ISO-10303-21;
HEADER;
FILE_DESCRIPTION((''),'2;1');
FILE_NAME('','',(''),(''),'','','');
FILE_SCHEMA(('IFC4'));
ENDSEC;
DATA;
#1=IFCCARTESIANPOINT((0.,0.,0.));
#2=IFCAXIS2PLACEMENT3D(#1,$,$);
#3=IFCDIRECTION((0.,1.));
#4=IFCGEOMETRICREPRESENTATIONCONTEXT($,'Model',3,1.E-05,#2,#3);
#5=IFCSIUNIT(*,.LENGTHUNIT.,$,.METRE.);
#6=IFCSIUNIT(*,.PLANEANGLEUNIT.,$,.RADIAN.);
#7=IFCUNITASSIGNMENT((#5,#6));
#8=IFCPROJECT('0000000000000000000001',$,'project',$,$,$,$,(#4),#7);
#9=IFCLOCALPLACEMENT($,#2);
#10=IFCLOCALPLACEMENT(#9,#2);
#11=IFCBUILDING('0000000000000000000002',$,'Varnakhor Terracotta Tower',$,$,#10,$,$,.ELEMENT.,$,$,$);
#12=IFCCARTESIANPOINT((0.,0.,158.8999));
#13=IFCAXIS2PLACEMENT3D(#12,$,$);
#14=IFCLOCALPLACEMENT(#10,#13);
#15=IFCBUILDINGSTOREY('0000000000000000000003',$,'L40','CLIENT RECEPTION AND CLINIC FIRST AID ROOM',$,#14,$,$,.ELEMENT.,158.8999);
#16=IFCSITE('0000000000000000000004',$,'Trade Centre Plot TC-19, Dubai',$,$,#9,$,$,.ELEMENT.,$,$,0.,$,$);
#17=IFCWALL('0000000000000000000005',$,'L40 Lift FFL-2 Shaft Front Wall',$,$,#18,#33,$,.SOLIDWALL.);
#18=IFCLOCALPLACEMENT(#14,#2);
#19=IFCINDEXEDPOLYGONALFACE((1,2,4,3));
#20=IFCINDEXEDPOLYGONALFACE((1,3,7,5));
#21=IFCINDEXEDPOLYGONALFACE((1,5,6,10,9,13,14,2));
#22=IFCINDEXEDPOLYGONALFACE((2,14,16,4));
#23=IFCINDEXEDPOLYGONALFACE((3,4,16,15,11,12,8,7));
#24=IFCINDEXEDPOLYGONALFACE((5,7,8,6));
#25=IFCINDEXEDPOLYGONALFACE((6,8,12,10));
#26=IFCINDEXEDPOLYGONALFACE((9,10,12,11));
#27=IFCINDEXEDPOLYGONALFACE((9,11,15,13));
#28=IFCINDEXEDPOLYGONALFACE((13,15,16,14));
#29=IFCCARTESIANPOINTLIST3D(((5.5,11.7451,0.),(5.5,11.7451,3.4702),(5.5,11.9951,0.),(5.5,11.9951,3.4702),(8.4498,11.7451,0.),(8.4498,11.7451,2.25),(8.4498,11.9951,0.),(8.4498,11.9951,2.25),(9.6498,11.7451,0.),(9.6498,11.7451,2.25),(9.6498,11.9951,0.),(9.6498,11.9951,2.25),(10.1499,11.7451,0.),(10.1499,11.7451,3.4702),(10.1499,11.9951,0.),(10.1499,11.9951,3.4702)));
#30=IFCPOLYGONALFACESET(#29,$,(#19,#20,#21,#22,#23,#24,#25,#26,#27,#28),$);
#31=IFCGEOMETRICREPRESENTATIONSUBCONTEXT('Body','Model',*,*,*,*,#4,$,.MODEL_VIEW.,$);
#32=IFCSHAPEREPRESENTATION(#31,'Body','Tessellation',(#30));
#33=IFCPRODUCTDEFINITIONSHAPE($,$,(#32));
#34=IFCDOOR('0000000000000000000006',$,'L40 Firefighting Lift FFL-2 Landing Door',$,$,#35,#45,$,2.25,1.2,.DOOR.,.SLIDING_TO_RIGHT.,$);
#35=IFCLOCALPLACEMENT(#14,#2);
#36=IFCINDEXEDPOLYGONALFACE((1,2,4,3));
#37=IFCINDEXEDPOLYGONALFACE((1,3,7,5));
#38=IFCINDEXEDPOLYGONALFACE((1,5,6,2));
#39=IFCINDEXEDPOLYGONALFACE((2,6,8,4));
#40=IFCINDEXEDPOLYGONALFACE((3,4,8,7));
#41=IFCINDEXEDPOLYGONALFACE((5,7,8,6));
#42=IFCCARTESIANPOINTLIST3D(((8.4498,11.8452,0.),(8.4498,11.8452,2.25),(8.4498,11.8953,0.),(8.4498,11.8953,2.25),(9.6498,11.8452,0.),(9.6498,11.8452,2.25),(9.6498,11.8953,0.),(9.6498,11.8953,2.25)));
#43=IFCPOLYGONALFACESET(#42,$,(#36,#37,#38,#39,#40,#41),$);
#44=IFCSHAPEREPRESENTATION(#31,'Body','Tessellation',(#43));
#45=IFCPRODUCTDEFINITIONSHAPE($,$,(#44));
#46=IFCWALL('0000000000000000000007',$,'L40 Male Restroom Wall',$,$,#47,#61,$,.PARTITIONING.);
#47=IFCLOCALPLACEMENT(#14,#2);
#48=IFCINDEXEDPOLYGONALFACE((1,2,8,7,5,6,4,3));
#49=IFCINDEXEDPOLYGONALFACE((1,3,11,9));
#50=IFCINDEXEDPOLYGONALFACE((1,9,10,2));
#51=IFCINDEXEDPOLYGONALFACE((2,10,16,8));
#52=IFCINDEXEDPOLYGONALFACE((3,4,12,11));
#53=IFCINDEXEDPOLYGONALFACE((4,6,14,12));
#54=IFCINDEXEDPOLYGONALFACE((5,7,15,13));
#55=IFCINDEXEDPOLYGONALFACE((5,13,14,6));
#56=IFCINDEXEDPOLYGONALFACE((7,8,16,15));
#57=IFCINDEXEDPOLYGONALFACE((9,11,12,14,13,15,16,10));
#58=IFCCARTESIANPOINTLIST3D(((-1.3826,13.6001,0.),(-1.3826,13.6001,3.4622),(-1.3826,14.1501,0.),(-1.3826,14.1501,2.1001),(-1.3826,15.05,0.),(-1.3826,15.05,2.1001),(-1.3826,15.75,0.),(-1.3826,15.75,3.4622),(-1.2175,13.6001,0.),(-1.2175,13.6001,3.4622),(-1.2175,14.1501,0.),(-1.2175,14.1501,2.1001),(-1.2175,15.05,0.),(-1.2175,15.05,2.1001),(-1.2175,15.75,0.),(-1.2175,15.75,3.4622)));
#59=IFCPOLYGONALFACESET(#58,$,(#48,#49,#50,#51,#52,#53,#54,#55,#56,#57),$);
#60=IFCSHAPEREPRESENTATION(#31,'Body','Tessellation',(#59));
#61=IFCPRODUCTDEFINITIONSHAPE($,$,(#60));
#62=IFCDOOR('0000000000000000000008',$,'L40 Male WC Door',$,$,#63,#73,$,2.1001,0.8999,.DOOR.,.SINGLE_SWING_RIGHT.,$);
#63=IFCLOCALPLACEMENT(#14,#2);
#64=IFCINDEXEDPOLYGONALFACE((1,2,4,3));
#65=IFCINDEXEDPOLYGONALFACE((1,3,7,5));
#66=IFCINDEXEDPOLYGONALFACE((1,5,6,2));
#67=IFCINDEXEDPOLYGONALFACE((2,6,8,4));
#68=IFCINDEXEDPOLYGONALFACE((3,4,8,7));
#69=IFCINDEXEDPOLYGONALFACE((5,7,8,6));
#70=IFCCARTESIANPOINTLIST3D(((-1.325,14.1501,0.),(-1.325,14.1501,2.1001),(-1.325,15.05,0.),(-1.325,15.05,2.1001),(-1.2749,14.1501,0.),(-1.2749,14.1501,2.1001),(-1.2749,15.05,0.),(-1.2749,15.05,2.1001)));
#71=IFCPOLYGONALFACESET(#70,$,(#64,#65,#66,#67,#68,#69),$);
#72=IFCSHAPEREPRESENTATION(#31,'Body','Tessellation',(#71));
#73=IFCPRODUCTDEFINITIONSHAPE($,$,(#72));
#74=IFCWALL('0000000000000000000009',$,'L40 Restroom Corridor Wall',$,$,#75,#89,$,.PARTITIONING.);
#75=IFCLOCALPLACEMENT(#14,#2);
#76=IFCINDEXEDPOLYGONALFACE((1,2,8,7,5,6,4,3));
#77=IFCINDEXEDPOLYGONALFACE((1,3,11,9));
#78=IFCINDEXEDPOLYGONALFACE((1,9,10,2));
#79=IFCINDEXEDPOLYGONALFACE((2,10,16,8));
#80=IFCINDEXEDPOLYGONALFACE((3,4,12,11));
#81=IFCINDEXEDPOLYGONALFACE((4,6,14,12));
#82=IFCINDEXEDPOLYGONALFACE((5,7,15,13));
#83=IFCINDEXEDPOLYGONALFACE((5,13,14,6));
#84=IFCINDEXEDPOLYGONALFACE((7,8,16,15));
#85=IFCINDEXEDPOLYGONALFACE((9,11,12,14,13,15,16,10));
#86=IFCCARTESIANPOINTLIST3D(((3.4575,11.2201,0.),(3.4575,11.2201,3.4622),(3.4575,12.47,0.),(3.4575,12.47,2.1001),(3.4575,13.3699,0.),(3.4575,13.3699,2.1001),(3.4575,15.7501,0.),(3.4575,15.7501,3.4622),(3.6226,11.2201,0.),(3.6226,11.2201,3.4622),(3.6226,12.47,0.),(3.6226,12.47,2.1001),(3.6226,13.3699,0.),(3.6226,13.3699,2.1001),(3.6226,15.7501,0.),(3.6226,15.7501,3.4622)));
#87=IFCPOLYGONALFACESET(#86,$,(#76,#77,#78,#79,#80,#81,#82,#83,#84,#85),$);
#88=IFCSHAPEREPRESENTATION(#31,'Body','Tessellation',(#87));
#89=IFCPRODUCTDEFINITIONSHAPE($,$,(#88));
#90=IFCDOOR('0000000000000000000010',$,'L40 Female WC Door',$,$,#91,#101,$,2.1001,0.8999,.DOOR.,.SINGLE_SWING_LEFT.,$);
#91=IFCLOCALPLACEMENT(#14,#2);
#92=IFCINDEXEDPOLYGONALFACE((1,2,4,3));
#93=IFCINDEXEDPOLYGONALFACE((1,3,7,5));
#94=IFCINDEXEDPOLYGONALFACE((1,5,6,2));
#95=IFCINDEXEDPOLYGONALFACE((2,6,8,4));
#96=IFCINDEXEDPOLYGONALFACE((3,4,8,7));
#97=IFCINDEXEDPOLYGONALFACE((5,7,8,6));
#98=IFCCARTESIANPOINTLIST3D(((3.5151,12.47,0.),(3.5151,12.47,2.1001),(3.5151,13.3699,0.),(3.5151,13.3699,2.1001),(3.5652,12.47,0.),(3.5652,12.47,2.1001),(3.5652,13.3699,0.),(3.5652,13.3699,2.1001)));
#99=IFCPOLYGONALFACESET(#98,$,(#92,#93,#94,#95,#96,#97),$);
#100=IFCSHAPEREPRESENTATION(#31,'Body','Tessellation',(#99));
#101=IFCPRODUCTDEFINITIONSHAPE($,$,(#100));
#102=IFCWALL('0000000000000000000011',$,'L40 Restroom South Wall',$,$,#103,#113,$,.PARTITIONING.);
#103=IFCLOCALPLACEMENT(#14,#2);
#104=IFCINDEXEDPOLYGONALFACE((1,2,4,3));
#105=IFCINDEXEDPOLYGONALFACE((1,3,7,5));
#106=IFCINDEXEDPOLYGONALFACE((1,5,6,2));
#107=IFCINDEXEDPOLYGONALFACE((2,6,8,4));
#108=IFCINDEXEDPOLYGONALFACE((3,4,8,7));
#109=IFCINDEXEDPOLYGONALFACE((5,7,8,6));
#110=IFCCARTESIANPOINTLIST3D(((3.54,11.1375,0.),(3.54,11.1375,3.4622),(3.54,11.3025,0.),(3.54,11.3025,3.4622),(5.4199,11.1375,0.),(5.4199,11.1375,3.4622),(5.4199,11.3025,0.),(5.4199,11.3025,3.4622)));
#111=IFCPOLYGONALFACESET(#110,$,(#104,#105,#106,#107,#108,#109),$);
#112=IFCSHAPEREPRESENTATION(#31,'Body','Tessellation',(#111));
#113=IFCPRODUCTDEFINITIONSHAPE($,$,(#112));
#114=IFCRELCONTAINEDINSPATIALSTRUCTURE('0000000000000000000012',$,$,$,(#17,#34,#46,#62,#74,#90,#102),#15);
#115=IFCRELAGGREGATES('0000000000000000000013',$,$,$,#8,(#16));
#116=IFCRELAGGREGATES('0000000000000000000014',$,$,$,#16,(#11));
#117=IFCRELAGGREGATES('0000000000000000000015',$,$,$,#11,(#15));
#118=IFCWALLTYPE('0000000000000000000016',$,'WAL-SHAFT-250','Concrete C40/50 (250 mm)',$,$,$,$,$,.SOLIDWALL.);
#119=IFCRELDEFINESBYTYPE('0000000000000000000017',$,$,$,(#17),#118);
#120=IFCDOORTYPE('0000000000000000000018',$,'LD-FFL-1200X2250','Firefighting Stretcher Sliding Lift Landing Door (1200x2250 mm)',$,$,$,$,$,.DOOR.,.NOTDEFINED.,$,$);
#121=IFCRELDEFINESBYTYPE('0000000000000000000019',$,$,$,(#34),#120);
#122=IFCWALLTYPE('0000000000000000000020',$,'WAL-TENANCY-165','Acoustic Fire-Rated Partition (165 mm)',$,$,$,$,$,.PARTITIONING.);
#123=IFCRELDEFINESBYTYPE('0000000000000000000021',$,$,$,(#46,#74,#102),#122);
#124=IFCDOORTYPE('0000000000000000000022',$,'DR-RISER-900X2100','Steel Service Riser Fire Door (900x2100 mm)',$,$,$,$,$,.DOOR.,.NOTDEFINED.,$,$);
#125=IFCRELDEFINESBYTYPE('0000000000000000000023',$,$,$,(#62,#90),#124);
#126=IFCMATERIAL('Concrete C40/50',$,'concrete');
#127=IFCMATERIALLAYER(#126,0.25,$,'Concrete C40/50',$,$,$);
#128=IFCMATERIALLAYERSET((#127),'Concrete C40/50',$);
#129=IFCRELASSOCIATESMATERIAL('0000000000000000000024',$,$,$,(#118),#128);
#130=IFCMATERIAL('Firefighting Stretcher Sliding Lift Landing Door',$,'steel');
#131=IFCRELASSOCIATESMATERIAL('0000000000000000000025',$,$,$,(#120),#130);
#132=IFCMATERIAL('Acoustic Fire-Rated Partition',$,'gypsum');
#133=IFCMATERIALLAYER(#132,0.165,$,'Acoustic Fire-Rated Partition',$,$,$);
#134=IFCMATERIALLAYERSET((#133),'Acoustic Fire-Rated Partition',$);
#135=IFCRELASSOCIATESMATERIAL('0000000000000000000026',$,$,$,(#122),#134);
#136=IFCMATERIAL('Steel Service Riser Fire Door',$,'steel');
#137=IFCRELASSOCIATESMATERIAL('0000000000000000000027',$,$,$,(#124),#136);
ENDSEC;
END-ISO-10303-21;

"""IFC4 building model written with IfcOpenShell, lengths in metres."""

from ifc_helpers import new_model, si_unit, direction, frame, frame_2d, origin, place, context, subcontext, project, spatial, rectangle, extrude, source, transform, mapped, material, layer, layer_set, type_object, type_shapes, element, fill, save


model = new_model("IFC4")

# Units and contexts
model_context = context("Model", 3, precision=1e-05, world=origin(), true_north=direction((0.0, 1.0)))
body_context = subcontext(model_context, "Body", "Model", "MODEL_VIEW")
ifc_project = project(units=[si_unit("LENGTHUNIT", "METRE"), si_unit("PLANEANGLEUNIT", "RADIAN")], contexts=[model_context])

# Site, building, storey
site_placement = place(None, origin())
site = spatial("IfcSite", under=ifc_project, at=site_placement, Name="Trade Centre Plot TC-19, Dubai", CompositionType="ELEMENT", RefElevation=0.0)
building_placement = place(site_placement, origin())
building = spatial("IfcBuilding", under=site, at=building_placement, Name="Varnakhor Terracotta Tower", CompositionType="ELEMENT")
storey_placement = place(building_placement, frame((0.0, 0.0, 158.8999)))
storey = spatial("IfcBuildingStorey", under=building, at=storey_placement, Name="L40", Description="CLIENT RECEPTION AND CLINIC FIRST AID ROOM", CompositionType="ELEMENT", Elevation=158.8999)

# Shared definitions
ifc_material_1 = material(Name="Concrete C40/50", Category="concrete")

# Walls, openings, doors
ifc_layer_1 = layer(ifc_material_1, 0.25, Name="Concrete C40/50")
ifc_layer_set_1 = layer_set([ifc_layer_1], Name="Concrete C40/50")
wall_type_1 = type_object("IfcWallType", Name="WAL-SHAFT-250", Description="Concrete C40/50 (250 mm)", PredefinedType="SOLIDWALL", material=ifc_layer_set_1)
wall_1_placement = place(storey_placement, frame((10.1499, 11.8701, 0.0), z_axis=(0.0, 0.0, 1.0), x_axis=(-1.0, 0.0, 0.0)))
wall_1 = element("IfcWall", 1, at=wall_1_placement, inside=storey, type_object=wall_type_1, Name="L40 Lift FFL-2 Shaft Front Wall", PredefinedType="SOLIDWALL", context=body_context, shape_type="SweptSolid", body=[
    extrude(rectangle(XDim=4.6499, YDim=0.25, at=frame_2d((2.325, 0.0))), origin(), (0.0, 0.0, 1.0), 3.4702),
])
opening_1_placement = place(wall_1_placement, frame((0.5, 0.0, 0.0)))
opening_1 = element("IfcOpeningElement", 2, at=opening_1_placement, cuts=wall_1, PredefinedType="OPENING", context=body_context, shape_type="SweptSolid", body=[
    extrude(rectangle(XDim=1.2, YDim=2.25, at=frame_2d((0.6001, 1.125))), frame((0.0, 0.135, 0.0), z_axis=(0.0, -1.0, 0.0), x_axis=(1.0, 0.0, 0.0)), (0.0, 0.0, 1.0), 0.27),
])
ifc_material_2 = material(Name="Firefighting Stretcher Sliding Lift Landing Door", Category="steel")
door_type_1 = type_object("IfcDoorType", Name="LD-FFL-1200X2250", Description="Firefighting Stretcher Sliding Lift Landing Door (1200x2250 mm)", OperationType="NOTDEFINED", PredefinedType="DOOR", material=ifc_material_2)
shared_shape_1 = source(origin(), body_context, "Body", "SweptSolid", [
    extrude(rectangle(XDim=1.2, YDim=2.25, at=frame_2d((0.6001, 1.125))), frame((0.0, 0.0249, 0.0), z_axis=(0.0, -1.0, 0.0), x_axis=(1.0, 0.0, 0.0)), (0.0, 0.0, 1.0), 0.05),
])
type_shapes(door_type_1, [shared_shape_1])
door_1_placement = place(opening_1_placement, origin())
door_1 = element("IfcDoor", 3, at=door_1_placement, inside=storey, type_object=door_type_1, Name="L40 Firefighting Lift FFL-2 Landing Door", OperationType="SLIDING_TO_RIGHT", OverallHeight=2.25, OverallWidth=1.2, PredefinedType="DOOR", context=body_context, shape_type="MappedRepresentation", body=[
    mapped(shared_shape_1, transform((0.0, 0.0, 0.0), scale=1.0)),
])
fill(opening_1, door_1)
ifc_material_3 = material(Name="Acoustic Fire-Rated Partition", Category="gypsum")
ifc_layer_2 = layer(ifc_material_3, 0.165, Name="Acoustic Fire-Rated Partition")
ifc_layer_set_2 = layer_set([ifc_layer_2], Name="Acoustic Fire-Rated Partition")
wall_type_2 = type_object("IfcWallType", Name="WAL-TENANCY-165", Description="Acoustic Fire-Rated Partition (165 mm)", PredefinedType="PARTITIONING", material=ifc_layer_set_2)
wall_2_placement = place(storey_placement, frame((-1.3, 13.6001, 0.0), z_axis=(0.0, 0.0, 1.0), x_axis=(0.0, 1.0, 0.0)))
wall_2 = element("IfcWall", 4, at=wall_2_placement, inside=storey, type_object=wall_type_2, Name="L40 Male Restroom Wall", PredefinedType="PARTITIONING", context=body_context, shape_type="SweptSolid", body=[
    extrude(rectangle(XDim=2.1499, YDim=0.165, at=frame_2d((1.075, 0.0))), origin(), (0.0, 0.0, 1.0), 3.4622),
])
opening_2_placement = place(wall_2_placement, frame((0.55, 0.0, 0.0)))
opening_2 = element("IfcOpeningElement", 5, at=opening_2_placement, cuts=wall_2, PredefinedType="OPENING", context=body_context, shape_type="SweptSolid", body=[
    extrude(rectangle(XDim=0.8999, YDim=2.1001, at=frame_2d((0.45, 1.05))), frame((0.0, 0.0925, 0.0), z_axis=(0.0, -1.0, 0.0), x_axis=(1.0, 0.0, 0.0)), (0.0, 0.0, 1.0), 0.1851),
])
ifc_material_4 = material(Name="Steel Service Riser Fire Door", Category="steel")
door_type_2 = type_object("IfcDoorType", Name="DR-RISER-900X2100", Description="Steel Service Riser Fire Door (900x2100 mm)", OperationType="NOTDEFINED", PredefinedType="DOOR", material=ifc_material_4)
shared_shape_2 = source(origin(), body_context, "Body", "SweptSolid", [
    extrude(rectangle(XDim=0.8999, YDim=2.1001, at=frame_2d((0.45, 1.05))), frame((0.0, 0.0249, 0.0), z_axis=(0.0, -1.0, 0.0), x_axis=(1.0, 0.0, 0.0)), (0.0, 0.0, 1.0), 0.05),
])
type_shapes(door_type_2, [shared_shape_2])
door_2_placement = place(opening_2_placement, origin())
door_2 = element("IfcDoor", 6, at=door_2_placement, inside=storey, type_object=door_type_2, Name="L40 Male WC Door", OperationType="SINGLE_SWING_RIGHT", OverallHeight=2.1001, OverallWidth=0.8999, PredefinedType="DOOR", context=body_context, shape_type="MappedRepresentation", body=[
    mapped(shared_shape_2, transform((0.0, 0.0, 0.0), scale=1.0)),
])
fill(opening_2, door_2)
wall_3_placement = place(storey_placement, frame((3.54, 11.22, 0.0), z_axis=(0.0, 0.0, 1.0), x_axis=(0.0, 1.0, 0.0)))
wall_3 = element("IfcWall", 7, at=wall_3_placement, inside=storey, type_object=wall_type_2, Name="L40 Restroom Corridor Wall", PredefinedType="PARTITIONING", context=body_context, shape_type="SweptSolid", body=[
    extrude(rectangle(XDim=4.53, YDim=0.165, at=frame_2d((2.2651, 0.0))), origin(), (0.0, 0.0, 1.0), 3.4622),
])
opening_3_placement = place(wall_3_placement, frame((1.25, 0.0, 0.0)))
opening_3 = element("IfcOpeningElement", 8, at=opening_3_placement, cuts=wall_3, PredefinedType="OPENING", context=body_context, shape_type="SweptSolid", body=[
    extrude(rectangle(XDim=0.8999, YDim=2.1001, at=frame_2d((0.45, 1.05))), frame((0.0, 0.0925, 0.0), z_axis=(0.0, -1.0, 0.0), x_axis=(1.0, 0.0, 0.0)), (0.0, 0.0, 1.0), 0.1851),
])
door_3_placement = place(opening_3_placement, origin())
door_3 = element("IfcDoor", 9, at=door_3_placement, inside=storey, type_object=door_type_2, Name="L40 Female WC Door", OperationType="SINGLE_SWING_LEFT", OverallHeight=2.1001, OverallWidth=0.8999, PredefinedType="DOOR", context=body_context, shape_type="MappedRepresentation", body=[
    mapped(shared_shape_2, transform((0.0, 0.0, 0.0), scale=1.0)),
])
fill(opening_3, door_3)

# Wall
wall_4_placement = place(storey_placement, frame((3.54, 11.22, 0.0), z_axis=(0.0, 0.0, 1.0), x_axis=(1.0, 0.0, 0.0)))
element("IfcWall", 10, at=wall_4_placement, inside=storey, type_object=wall_type_2, Name="L40 Restroom South Wall", PredefinedType="PARTITIONING", context=body_context, shape_type="SweptSolid", body=[
    extrude(rectangle(XDim=1.8799, YDim=0.165, at=frame_2d((0.9399, 0.0))), origin(), (0.0, 0.0, 1.0), 3.4622),
])

save(model, "model.ifc")
